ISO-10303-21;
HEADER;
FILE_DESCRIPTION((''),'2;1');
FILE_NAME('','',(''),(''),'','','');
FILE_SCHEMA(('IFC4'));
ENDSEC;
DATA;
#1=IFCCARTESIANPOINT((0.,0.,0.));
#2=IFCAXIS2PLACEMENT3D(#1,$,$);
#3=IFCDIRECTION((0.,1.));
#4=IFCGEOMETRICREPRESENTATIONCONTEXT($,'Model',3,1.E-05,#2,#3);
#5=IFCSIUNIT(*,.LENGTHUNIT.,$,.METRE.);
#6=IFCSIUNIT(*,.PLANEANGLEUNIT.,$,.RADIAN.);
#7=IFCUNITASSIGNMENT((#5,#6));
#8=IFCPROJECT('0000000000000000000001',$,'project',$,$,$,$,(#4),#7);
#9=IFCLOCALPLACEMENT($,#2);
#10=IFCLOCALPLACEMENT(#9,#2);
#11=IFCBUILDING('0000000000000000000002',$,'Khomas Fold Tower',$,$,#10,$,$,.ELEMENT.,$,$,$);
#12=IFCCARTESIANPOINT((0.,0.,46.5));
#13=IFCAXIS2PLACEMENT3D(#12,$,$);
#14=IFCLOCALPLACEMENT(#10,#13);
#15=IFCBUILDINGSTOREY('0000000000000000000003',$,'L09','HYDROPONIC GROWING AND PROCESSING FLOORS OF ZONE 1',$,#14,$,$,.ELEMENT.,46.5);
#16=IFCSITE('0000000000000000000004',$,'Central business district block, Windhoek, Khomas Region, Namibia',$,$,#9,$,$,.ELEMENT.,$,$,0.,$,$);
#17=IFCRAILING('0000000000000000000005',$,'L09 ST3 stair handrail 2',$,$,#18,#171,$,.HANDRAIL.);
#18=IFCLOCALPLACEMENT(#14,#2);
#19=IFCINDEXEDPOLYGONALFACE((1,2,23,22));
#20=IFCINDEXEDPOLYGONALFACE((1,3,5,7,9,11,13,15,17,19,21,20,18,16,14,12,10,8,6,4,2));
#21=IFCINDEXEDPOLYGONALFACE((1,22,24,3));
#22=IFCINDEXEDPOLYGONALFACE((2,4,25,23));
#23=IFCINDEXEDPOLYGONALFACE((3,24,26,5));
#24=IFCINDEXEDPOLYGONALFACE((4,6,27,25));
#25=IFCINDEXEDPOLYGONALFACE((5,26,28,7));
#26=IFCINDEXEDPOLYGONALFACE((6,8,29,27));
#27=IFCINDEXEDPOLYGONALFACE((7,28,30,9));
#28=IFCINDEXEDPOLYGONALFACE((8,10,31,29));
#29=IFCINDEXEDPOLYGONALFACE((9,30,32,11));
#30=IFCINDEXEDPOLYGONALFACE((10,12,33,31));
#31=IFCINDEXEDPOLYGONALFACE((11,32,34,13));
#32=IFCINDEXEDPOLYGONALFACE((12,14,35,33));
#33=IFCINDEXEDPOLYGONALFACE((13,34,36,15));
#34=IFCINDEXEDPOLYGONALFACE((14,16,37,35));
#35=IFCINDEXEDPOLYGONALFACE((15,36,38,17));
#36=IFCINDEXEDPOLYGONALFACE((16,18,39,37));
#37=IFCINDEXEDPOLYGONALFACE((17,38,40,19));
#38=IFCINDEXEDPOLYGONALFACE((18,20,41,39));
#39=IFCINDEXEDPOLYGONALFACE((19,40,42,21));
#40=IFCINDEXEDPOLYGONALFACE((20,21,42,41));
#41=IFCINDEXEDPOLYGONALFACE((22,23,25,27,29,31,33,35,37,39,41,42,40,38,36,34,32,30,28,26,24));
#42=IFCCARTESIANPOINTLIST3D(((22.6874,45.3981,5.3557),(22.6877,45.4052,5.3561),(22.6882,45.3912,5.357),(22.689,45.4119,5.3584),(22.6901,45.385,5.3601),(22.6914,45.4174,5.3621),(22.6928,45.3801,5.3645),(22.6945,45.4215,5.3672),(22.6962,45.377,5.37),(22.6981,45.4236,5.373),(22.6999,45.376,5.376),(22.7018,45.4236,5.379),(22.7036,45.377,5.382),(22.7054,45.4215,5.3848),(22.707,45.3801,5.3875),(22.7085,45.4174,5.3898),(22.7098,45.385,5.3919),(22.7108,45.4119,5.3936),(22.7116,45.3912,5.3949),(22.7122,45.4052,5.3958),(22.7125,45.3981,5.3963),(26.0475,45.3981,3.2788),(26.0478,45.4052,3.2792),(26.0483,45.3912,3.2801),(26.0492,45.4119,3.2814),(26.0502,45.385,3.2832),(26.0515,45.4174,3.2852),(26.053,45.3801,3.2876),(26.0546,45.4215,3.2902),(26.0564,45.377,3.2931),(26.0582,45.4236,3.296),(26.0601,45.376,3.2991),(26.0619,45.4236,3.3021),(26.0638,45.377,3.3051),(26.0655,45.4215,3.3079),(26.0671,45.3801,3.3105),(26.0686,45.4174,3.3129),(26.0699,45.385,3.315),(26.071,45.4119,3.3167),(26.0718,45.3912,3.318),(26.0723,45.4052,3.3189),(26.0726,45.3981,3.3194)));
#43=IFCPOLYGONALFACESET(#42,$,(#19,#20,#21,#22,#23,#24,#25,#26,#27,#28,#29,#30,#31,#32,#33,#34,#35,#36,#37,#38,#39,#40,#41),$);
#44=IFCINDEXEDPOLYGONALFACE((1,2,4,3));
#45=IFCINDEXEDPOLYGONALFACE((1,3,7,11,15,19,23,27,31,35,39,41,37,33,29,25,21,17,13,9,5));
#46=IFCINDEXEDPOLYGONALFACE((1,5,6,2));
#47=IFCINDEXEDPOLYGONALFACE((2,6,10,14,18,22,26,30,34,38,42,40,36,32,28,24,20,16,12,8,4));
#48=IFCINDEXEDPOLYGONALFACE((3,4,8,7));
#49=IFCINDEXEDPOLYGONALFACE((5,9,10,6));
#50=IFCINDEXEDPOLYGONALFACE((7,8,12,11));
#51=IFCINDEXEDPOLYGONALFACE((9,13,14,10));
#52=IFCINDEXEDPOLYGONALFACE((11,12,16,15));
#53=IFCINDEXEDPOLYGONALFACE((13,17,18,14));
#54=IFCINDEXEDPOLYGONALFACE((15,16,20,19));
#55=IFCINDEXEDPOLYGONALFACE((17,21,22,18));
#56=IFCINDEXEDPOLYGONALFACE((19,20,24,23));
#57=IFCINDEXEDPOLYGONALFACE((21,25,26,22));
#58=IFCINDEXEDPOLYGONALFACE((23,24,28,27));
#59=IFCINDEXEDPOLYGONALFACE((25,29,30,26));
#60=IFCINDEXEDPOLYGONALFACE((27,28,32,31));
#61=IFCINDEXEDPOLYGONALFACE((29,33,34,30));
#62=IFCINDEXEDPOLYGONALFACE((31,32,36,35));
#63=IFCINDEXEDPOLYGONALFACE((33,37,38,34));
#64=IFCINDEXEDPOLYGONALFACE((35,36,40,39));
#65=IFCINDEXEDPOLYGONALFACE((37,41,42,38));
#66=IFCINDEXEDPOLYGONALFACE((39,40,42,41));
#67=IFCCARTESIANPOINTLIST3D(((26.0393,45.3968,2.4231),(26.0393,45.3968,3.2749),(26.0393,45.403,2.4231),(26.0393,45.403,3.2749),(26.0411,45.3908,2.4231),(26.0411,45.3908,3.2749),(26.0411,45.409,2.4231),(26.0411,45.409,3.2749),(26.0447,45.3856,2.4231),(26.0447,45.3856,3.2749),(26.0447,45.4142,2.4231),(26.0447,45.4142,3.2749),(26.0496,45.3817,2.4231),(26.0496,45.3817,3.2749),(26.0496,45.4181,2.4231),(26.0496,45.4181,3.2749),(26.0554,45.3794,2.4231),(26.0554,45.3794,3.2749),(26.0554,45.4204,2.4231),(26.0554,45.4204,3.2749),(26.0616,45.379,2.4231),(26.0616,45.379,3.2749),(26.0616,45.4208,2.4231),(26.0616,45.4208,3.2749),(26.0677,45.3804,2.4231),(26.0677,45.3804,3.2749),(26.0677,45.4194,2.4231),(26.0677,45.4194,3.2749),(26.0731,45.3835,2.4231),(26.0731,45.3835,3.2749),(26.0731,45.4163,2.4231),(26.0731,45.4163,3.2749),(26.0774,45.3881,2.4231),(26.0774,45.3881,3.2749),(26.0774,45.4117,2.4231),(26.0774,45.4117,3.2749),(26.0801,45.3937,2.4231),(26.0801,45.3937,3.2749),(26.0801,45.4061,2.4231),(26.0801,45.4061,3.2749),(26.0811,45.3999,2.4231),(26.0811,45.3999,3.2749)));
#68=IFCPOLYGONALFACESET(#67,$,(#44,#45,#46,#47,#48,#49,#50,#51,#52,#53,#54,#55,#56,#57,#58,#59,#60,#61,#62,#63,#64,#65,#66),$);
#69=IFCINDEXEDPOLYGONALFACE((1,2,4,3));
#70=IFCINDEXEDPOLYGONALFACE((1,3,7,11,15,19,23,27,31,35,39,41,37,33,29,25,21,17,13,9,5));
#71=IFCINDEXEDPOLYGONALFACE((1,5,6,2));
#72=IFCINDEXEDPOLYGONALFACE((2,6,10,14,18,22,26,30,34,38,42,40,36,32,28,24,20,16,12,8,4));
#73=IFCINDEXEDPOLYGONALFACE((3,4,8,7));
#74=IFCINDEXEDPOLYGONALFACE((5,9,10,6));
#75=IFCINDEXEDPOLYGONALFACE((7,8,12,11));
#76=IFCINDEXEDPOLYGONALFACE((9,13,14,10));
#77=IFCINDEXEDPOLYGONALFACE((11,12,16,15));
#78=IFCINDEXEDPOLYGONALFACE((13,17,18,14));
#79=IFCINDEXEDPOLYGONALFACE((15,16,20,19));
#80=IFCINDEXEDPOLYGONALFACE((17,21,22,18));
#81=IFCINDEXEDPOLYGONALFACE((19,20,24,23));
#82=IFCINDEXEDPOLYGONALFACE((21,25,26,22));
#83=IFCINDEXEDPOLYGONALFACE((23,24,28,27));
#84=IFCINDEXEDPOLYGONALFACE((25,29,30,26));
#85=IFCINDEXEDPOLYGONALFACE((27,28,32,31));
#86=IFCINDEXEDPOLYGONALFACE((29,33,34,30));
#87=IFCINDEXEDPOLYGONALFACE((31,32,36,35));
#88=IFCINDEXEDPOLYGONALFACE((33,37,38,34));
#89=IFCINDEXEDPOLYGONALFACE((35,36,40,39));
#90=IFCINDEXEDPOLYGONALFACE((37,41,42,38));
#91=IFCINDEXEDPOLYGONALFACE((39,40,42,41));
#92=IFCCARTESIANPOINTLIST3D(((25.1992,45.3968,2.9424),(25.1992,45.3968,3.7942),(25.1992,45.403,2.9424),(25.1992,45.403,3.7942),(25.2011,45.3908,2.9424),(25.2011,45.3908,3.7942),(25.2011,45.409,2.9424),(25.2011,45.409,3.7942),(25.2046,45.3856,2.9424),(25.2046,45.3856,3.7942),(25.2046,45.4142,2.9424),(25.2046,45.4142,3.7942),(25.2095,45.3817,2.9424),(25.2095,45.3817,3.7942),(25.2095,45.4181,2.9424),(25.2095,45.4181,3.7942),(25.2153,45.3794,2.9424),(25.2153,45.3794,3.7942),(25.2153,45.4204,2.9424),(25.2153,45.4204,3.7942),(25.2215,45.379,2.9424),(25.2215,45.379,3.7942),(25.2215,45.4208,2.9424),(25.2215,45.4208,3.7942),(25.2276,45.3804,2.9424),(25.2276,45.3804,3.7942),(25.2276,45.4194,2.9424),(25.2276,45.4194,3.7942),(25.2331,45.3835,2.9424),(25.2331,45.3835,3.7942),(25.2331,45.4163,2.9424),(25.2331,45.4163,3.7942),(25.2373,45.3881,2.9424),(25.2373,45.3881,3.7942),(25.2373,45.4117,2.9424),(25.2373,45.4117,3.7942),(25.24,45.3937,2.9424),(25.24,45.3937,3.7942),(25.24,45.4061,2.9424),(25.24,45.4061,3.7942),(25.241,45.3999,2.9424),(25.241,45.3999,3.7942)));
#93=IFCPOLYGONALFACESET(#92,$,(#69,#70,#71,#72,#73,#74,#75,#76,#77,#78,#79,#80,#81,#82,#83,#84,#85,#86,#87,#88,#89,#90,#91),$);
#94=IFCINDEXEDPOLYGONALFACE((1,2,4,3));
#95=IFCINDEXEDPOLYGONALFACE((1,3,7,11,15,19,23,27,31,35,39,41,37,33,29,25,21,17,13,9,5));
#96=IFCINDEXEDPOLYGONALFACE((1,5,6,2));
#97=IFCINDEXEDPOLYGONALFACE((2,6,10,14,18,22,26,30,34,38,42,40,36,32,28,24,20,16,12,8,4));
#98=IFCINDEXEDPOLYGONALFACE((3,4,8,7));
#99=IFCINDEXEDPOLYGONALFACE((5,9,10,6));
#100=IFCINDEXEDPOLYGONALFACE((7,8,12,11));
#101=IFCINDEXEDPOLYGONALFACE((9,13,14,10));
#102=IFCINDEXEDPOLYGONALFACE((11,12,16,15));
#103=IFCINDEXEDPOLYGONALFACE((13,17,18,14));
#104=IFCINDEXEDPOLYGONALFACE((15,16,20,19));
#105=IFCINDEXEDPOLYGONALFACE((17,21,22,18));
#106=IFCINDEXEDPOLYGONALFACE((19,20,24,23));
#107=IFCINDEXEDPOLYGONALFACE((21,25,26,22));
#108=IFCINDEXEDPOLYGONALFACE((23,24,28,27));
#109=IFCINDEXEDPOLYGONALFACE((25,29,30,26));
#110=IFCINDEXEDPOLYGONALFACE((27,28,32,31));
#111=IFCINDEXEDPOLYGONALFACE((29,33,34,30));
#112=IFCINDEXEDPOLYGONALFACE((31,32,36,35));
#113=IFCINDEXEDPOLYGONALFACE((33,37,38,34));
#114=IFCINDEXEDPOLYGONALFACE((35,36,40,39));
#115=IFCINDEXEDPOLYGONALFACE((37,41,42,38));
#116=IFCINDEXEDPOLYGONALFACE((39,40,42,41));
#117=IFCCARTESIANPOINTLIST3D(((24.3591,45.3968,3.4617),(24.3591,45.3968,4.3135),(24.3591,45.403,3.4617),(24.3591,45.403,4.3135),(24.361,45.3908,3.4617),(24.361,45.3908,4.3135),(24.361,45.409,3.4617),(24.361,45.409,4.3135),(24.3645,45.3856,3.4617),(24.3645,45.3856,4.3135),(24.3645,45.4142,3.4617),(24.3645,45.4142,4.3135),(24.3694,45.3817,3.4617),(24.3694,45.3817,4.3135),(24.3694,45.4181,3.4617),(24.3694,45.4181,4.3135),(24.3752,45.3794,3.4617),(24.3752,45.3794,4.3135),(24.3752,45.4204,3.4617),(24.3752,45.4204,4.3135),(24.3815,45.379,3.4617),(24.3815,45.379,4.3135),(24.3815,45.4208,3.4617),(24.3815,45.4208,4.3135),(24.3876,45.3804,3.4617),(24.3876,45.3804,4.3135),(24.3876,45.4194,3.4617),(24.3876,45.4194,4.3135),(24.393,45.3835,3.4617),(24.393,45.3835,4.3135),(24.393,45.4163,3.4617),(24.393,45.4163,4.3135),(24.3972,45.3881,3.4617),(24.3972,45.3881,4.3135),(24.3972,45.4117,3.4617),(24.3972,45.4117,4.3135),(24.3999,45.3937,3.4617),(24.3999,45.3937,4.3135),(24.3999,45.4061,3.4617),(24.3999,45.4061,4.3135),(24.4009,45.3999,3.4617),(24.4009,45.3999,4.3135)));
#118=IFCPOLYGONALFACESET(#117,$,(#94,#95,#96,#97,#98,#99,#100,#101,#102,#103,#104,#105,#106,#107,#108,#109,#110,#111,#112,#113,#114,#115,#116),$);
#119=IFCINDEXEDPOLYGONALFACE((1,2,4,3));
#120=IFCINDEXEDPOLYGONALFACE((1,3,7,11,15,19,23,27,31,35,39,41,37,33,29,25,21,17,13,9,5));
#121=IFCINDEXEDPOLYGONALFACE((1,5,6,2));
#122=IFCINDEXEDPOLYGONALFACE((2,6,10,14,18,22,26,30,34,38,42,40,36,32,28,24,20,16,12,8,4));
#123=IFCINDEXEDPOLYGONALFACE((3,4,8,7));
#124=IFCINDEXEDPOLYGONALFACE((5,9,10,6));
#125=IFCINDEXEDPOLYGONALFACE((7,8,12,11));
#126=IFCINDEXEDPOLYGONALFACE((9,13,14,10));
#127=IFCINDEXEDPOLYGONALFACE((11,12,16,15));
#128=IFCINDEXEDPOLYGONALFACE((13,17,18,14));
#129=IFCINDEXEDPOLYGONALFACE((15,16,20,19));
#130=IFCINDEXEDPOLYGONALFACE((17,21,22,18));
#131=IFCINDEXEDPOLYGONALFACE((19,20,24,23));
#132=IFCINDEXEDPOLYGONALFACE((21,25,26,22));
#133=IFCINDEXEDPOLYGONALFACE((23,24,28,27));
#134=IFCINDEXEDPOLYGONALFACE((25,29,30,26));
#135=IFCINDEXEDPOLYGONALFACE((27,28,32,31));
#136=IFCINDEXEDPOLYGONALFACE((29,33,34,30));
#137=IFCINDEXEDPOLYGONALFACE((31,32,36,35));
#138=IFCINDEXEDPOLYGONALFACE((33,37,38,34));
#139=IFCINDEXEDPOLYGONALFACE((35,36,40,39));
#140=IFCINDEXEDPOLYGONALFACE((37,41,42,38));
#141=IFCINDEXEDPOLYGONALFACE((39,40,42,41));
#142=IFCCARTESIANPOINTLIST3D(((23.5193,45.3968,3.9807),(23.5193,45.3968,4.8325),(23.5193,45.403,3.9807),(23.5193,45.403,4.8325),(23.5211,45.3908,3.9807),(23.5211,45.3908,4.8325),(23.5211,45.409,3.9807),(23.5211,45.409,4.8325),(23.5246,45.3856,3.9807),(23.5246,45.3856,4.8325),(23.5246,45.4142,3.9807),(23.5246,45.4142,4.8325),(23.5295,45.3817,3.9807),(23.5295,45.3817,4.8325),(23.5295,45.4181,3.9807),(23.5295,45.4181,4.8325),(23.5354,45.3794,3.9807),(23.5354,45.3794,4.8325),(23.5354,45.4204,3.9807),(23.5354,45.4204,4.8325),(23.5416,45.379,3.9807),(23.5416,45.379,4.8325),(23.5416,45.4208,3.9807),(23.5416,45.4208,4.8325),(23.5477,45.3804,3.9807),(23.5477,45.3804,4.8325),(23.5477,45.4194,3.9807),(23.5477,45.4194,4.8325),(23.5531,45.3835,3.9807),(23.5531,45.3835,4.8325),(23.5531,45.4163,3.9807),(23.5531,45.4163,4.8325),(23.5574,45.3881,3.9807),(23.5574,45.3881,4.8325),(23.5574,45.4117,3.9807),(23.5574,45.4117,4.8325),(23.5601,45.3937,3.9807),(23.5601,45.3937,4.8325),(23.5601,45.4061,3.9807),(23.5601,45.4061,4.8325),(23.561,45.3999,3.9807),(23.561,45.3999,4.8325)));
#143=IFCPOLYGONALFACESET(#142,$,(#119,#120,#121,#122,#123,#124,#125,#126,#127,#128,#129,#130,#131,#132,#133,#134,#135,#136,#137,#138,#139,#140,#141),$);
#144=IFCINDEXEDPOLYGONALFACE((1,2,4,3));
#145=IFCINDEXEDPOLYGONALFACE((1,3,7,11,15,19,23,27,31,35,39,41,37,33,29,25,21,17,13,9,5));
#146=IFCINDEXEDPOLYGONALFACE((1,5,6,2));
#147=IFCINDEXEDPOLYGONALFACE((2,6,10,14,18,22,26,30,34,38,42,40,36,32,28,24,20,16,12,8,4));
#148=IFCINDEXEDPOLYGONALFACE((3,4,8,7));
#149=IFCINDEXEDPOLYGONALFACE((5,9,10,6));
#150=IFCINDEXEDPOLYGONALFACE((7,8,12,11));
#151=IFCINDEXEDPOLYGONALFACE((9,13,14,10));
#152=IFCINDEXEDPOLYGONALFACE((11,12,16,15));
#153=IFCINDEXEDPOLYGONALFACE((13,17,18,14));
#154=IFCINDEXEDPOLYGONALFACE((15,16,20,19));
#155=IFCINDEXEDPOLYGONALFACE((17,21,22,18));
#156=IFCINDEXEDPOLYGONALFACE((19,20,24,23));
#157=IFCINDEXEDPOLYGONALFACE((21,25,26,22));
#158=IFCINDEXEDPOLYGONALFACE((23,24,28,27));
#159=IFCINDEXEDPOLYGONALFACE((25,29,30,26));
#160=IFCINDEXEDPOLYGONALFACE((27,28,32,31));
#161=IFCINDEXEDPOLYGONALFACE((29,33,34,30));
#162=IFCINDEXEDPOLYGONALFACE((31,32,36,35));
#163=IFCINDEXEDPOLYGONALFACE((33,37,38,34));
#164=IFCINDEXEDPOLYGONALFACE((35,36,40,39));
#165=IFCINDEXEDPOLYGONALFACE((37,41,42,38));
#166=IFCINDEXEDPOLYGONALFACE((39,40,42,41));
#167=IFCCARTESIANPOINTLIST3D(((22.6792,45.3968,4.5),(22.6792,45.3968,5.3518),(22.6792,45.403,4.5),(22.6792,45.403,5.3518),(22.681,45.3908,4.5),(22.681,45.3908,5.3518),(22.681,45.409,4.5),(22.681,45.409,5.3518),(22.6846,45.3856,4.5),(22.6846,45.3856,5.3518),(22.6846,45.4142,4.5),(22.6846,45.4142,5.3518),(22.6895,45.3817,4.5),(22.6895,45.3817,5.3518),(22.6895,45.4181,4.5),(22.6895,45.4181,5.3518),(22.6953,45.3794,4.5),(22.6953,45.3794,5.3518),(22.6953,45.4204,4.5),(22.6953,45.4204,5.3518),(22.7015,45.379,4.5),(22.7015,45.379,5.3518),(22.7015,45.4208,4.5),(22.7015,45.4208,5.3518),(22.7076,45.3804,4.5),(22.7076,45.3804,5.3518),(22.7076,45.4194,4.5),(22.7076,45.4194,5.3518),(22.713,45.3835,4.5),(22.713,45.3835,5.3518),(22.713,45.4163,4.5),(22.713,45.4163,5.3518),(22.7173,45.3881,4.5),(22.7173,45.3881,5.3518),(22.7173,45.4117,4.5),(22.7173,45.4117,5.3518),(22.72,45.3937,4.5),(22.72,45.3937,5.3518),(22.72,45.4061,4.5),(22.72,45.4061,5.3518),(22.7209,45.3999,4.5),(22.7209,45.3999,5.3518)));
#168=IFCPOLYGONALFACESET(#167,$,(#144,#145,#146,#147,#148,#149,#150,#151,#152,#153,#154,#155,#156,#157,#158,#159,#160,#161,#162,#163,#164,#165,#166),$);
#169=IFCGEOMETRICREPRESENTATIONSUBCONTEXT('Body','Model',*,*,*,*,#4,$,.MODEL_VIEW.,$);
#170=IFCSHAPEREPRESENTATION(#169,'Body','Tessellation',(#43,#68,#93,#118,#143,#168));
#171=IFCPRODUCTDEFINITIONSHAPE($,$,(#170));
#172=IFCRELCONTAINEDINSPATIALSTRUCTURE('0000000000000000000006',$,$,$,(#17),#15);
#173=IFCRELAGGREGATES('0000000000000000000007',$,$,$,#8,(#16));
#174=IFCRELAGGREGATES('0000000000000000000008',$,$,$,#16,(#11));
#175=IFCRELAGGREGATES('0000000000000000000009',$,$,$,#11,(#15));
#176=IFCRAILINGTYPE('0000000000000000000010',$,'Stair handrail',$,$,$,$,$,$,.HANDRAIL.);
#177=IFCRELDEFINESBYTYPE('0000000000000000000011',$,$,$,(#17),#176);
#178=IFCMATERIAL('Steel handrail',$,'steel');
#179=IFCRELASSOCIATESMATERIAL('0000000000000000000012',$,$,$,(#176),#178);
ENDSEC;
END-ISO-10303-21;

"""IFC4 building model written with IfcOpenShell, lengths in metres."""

from ifc_helpers import new_model, si_unit, direction, frame, origin, origin_2d, place, context, subcontext, project, spatial, circle, extrude, source, transform, mapped, material, type_object, element, save


model = new_model("IFC4")

# Units and contexts
model_context = context("Model", 3, precision=1e-05, world=origin(), true_north=direction((0.0, 1.0)))
body_context = subcontext(model_context, "Body", "Model", "MODEL_VIEW")
ifc_project = project(units=[si_unit("LENGTHUNIT", "METRE"), si_unit("PLANEANGLEUNIT", "RADIAN")], contexts=[model_context])

# Site, building, storey
site_placement = place(None, origin())
site = spatial("IfcSite", under=ifc_project, at=site_placement, Name="Central business district block, Windhoek, Khomas Region, Namibia", CompositionType="ELEMENT", RefElevation=0.0)
building_placement = place(site_placement, origin())
building = spatial("IfcBuilding", under=site, at=building_placement, Name="Khomas Fold Tower", CompositionType="ELEMENT")
storey_placement = place(building_placement, frame((0.0, 0.0, 46.5)))
storey = spatial("IfcBuildingStorey", under=building, at=storey_placement, Name="L09", Description="HYDROPONIC GROWING AND PROCESSING FLOORS OF ZONE 1", CompositionType="ELEMENT", Elevation=46.5)

# Railing
ifc_material_1 = material(Name="Steel handrail", Category="steel")
railing_type_1 = type_object("IfcRailingType", Name="Stair handrail", PredefinedType="HANDRAIL", material=ifc_material_1)
shared_shape_1 = source(origin(), body_context, "Body", "SweptSolid", [
    extrude(circle(Radius=0.0239, at=origin_2d()), frame((0.0, 0.0, 0.876), z_axis=(-0.850623, 0.0, 0.525776), x_axis=(0.0, -1.0, 0.0)), (0.0, 0.0, 1.0), 3.9502),
    extrude(circle(Radius=0.021, at=origin_2d()), origin(), (0.0, 0.0, 1.0), 0.8518),
    extrude(circle(Radius=0.021, at=origin_2d()), frame((-0.8401, 0.0, 0.5193)), (0.0, 0.0, 1.0), 0.8518),
    extrude(circle(Radius=0.021, at=origin_2d()), frame((-1.6802, 0.0, 1.0386)), (0.0, 0.0, 1.0), 0.8518),
    extrude(circle(Radius=0.021, at=origin_2d()), frame((-2.52, 0.0, 1.5576)), (0.0, 0.0, 1.0), 0.8518),
    extrude(circle(Radius=0.021, at=origin_2d()), frame((-3.3601, 0.0, 2.0769)), (0.0, 0.0, 1.0), 0.8518),
])
railing_1_placement = place(storey_placement, frame((26.0601, 45.3999, 2.4231)))
element("IfcRailing", 1, at=railing_1_placement, inside=storey, type_object=railing_type_1, Name="L09 ST3 stair handrail 2", PredefinedType="HANDRAIL", context=body_context, shape_type="MappedRepresentation", body=[
    mapped(shared_shape_1, transform((0.0, 0.0, 0.0))),
])

save(model, "model.ifc")
